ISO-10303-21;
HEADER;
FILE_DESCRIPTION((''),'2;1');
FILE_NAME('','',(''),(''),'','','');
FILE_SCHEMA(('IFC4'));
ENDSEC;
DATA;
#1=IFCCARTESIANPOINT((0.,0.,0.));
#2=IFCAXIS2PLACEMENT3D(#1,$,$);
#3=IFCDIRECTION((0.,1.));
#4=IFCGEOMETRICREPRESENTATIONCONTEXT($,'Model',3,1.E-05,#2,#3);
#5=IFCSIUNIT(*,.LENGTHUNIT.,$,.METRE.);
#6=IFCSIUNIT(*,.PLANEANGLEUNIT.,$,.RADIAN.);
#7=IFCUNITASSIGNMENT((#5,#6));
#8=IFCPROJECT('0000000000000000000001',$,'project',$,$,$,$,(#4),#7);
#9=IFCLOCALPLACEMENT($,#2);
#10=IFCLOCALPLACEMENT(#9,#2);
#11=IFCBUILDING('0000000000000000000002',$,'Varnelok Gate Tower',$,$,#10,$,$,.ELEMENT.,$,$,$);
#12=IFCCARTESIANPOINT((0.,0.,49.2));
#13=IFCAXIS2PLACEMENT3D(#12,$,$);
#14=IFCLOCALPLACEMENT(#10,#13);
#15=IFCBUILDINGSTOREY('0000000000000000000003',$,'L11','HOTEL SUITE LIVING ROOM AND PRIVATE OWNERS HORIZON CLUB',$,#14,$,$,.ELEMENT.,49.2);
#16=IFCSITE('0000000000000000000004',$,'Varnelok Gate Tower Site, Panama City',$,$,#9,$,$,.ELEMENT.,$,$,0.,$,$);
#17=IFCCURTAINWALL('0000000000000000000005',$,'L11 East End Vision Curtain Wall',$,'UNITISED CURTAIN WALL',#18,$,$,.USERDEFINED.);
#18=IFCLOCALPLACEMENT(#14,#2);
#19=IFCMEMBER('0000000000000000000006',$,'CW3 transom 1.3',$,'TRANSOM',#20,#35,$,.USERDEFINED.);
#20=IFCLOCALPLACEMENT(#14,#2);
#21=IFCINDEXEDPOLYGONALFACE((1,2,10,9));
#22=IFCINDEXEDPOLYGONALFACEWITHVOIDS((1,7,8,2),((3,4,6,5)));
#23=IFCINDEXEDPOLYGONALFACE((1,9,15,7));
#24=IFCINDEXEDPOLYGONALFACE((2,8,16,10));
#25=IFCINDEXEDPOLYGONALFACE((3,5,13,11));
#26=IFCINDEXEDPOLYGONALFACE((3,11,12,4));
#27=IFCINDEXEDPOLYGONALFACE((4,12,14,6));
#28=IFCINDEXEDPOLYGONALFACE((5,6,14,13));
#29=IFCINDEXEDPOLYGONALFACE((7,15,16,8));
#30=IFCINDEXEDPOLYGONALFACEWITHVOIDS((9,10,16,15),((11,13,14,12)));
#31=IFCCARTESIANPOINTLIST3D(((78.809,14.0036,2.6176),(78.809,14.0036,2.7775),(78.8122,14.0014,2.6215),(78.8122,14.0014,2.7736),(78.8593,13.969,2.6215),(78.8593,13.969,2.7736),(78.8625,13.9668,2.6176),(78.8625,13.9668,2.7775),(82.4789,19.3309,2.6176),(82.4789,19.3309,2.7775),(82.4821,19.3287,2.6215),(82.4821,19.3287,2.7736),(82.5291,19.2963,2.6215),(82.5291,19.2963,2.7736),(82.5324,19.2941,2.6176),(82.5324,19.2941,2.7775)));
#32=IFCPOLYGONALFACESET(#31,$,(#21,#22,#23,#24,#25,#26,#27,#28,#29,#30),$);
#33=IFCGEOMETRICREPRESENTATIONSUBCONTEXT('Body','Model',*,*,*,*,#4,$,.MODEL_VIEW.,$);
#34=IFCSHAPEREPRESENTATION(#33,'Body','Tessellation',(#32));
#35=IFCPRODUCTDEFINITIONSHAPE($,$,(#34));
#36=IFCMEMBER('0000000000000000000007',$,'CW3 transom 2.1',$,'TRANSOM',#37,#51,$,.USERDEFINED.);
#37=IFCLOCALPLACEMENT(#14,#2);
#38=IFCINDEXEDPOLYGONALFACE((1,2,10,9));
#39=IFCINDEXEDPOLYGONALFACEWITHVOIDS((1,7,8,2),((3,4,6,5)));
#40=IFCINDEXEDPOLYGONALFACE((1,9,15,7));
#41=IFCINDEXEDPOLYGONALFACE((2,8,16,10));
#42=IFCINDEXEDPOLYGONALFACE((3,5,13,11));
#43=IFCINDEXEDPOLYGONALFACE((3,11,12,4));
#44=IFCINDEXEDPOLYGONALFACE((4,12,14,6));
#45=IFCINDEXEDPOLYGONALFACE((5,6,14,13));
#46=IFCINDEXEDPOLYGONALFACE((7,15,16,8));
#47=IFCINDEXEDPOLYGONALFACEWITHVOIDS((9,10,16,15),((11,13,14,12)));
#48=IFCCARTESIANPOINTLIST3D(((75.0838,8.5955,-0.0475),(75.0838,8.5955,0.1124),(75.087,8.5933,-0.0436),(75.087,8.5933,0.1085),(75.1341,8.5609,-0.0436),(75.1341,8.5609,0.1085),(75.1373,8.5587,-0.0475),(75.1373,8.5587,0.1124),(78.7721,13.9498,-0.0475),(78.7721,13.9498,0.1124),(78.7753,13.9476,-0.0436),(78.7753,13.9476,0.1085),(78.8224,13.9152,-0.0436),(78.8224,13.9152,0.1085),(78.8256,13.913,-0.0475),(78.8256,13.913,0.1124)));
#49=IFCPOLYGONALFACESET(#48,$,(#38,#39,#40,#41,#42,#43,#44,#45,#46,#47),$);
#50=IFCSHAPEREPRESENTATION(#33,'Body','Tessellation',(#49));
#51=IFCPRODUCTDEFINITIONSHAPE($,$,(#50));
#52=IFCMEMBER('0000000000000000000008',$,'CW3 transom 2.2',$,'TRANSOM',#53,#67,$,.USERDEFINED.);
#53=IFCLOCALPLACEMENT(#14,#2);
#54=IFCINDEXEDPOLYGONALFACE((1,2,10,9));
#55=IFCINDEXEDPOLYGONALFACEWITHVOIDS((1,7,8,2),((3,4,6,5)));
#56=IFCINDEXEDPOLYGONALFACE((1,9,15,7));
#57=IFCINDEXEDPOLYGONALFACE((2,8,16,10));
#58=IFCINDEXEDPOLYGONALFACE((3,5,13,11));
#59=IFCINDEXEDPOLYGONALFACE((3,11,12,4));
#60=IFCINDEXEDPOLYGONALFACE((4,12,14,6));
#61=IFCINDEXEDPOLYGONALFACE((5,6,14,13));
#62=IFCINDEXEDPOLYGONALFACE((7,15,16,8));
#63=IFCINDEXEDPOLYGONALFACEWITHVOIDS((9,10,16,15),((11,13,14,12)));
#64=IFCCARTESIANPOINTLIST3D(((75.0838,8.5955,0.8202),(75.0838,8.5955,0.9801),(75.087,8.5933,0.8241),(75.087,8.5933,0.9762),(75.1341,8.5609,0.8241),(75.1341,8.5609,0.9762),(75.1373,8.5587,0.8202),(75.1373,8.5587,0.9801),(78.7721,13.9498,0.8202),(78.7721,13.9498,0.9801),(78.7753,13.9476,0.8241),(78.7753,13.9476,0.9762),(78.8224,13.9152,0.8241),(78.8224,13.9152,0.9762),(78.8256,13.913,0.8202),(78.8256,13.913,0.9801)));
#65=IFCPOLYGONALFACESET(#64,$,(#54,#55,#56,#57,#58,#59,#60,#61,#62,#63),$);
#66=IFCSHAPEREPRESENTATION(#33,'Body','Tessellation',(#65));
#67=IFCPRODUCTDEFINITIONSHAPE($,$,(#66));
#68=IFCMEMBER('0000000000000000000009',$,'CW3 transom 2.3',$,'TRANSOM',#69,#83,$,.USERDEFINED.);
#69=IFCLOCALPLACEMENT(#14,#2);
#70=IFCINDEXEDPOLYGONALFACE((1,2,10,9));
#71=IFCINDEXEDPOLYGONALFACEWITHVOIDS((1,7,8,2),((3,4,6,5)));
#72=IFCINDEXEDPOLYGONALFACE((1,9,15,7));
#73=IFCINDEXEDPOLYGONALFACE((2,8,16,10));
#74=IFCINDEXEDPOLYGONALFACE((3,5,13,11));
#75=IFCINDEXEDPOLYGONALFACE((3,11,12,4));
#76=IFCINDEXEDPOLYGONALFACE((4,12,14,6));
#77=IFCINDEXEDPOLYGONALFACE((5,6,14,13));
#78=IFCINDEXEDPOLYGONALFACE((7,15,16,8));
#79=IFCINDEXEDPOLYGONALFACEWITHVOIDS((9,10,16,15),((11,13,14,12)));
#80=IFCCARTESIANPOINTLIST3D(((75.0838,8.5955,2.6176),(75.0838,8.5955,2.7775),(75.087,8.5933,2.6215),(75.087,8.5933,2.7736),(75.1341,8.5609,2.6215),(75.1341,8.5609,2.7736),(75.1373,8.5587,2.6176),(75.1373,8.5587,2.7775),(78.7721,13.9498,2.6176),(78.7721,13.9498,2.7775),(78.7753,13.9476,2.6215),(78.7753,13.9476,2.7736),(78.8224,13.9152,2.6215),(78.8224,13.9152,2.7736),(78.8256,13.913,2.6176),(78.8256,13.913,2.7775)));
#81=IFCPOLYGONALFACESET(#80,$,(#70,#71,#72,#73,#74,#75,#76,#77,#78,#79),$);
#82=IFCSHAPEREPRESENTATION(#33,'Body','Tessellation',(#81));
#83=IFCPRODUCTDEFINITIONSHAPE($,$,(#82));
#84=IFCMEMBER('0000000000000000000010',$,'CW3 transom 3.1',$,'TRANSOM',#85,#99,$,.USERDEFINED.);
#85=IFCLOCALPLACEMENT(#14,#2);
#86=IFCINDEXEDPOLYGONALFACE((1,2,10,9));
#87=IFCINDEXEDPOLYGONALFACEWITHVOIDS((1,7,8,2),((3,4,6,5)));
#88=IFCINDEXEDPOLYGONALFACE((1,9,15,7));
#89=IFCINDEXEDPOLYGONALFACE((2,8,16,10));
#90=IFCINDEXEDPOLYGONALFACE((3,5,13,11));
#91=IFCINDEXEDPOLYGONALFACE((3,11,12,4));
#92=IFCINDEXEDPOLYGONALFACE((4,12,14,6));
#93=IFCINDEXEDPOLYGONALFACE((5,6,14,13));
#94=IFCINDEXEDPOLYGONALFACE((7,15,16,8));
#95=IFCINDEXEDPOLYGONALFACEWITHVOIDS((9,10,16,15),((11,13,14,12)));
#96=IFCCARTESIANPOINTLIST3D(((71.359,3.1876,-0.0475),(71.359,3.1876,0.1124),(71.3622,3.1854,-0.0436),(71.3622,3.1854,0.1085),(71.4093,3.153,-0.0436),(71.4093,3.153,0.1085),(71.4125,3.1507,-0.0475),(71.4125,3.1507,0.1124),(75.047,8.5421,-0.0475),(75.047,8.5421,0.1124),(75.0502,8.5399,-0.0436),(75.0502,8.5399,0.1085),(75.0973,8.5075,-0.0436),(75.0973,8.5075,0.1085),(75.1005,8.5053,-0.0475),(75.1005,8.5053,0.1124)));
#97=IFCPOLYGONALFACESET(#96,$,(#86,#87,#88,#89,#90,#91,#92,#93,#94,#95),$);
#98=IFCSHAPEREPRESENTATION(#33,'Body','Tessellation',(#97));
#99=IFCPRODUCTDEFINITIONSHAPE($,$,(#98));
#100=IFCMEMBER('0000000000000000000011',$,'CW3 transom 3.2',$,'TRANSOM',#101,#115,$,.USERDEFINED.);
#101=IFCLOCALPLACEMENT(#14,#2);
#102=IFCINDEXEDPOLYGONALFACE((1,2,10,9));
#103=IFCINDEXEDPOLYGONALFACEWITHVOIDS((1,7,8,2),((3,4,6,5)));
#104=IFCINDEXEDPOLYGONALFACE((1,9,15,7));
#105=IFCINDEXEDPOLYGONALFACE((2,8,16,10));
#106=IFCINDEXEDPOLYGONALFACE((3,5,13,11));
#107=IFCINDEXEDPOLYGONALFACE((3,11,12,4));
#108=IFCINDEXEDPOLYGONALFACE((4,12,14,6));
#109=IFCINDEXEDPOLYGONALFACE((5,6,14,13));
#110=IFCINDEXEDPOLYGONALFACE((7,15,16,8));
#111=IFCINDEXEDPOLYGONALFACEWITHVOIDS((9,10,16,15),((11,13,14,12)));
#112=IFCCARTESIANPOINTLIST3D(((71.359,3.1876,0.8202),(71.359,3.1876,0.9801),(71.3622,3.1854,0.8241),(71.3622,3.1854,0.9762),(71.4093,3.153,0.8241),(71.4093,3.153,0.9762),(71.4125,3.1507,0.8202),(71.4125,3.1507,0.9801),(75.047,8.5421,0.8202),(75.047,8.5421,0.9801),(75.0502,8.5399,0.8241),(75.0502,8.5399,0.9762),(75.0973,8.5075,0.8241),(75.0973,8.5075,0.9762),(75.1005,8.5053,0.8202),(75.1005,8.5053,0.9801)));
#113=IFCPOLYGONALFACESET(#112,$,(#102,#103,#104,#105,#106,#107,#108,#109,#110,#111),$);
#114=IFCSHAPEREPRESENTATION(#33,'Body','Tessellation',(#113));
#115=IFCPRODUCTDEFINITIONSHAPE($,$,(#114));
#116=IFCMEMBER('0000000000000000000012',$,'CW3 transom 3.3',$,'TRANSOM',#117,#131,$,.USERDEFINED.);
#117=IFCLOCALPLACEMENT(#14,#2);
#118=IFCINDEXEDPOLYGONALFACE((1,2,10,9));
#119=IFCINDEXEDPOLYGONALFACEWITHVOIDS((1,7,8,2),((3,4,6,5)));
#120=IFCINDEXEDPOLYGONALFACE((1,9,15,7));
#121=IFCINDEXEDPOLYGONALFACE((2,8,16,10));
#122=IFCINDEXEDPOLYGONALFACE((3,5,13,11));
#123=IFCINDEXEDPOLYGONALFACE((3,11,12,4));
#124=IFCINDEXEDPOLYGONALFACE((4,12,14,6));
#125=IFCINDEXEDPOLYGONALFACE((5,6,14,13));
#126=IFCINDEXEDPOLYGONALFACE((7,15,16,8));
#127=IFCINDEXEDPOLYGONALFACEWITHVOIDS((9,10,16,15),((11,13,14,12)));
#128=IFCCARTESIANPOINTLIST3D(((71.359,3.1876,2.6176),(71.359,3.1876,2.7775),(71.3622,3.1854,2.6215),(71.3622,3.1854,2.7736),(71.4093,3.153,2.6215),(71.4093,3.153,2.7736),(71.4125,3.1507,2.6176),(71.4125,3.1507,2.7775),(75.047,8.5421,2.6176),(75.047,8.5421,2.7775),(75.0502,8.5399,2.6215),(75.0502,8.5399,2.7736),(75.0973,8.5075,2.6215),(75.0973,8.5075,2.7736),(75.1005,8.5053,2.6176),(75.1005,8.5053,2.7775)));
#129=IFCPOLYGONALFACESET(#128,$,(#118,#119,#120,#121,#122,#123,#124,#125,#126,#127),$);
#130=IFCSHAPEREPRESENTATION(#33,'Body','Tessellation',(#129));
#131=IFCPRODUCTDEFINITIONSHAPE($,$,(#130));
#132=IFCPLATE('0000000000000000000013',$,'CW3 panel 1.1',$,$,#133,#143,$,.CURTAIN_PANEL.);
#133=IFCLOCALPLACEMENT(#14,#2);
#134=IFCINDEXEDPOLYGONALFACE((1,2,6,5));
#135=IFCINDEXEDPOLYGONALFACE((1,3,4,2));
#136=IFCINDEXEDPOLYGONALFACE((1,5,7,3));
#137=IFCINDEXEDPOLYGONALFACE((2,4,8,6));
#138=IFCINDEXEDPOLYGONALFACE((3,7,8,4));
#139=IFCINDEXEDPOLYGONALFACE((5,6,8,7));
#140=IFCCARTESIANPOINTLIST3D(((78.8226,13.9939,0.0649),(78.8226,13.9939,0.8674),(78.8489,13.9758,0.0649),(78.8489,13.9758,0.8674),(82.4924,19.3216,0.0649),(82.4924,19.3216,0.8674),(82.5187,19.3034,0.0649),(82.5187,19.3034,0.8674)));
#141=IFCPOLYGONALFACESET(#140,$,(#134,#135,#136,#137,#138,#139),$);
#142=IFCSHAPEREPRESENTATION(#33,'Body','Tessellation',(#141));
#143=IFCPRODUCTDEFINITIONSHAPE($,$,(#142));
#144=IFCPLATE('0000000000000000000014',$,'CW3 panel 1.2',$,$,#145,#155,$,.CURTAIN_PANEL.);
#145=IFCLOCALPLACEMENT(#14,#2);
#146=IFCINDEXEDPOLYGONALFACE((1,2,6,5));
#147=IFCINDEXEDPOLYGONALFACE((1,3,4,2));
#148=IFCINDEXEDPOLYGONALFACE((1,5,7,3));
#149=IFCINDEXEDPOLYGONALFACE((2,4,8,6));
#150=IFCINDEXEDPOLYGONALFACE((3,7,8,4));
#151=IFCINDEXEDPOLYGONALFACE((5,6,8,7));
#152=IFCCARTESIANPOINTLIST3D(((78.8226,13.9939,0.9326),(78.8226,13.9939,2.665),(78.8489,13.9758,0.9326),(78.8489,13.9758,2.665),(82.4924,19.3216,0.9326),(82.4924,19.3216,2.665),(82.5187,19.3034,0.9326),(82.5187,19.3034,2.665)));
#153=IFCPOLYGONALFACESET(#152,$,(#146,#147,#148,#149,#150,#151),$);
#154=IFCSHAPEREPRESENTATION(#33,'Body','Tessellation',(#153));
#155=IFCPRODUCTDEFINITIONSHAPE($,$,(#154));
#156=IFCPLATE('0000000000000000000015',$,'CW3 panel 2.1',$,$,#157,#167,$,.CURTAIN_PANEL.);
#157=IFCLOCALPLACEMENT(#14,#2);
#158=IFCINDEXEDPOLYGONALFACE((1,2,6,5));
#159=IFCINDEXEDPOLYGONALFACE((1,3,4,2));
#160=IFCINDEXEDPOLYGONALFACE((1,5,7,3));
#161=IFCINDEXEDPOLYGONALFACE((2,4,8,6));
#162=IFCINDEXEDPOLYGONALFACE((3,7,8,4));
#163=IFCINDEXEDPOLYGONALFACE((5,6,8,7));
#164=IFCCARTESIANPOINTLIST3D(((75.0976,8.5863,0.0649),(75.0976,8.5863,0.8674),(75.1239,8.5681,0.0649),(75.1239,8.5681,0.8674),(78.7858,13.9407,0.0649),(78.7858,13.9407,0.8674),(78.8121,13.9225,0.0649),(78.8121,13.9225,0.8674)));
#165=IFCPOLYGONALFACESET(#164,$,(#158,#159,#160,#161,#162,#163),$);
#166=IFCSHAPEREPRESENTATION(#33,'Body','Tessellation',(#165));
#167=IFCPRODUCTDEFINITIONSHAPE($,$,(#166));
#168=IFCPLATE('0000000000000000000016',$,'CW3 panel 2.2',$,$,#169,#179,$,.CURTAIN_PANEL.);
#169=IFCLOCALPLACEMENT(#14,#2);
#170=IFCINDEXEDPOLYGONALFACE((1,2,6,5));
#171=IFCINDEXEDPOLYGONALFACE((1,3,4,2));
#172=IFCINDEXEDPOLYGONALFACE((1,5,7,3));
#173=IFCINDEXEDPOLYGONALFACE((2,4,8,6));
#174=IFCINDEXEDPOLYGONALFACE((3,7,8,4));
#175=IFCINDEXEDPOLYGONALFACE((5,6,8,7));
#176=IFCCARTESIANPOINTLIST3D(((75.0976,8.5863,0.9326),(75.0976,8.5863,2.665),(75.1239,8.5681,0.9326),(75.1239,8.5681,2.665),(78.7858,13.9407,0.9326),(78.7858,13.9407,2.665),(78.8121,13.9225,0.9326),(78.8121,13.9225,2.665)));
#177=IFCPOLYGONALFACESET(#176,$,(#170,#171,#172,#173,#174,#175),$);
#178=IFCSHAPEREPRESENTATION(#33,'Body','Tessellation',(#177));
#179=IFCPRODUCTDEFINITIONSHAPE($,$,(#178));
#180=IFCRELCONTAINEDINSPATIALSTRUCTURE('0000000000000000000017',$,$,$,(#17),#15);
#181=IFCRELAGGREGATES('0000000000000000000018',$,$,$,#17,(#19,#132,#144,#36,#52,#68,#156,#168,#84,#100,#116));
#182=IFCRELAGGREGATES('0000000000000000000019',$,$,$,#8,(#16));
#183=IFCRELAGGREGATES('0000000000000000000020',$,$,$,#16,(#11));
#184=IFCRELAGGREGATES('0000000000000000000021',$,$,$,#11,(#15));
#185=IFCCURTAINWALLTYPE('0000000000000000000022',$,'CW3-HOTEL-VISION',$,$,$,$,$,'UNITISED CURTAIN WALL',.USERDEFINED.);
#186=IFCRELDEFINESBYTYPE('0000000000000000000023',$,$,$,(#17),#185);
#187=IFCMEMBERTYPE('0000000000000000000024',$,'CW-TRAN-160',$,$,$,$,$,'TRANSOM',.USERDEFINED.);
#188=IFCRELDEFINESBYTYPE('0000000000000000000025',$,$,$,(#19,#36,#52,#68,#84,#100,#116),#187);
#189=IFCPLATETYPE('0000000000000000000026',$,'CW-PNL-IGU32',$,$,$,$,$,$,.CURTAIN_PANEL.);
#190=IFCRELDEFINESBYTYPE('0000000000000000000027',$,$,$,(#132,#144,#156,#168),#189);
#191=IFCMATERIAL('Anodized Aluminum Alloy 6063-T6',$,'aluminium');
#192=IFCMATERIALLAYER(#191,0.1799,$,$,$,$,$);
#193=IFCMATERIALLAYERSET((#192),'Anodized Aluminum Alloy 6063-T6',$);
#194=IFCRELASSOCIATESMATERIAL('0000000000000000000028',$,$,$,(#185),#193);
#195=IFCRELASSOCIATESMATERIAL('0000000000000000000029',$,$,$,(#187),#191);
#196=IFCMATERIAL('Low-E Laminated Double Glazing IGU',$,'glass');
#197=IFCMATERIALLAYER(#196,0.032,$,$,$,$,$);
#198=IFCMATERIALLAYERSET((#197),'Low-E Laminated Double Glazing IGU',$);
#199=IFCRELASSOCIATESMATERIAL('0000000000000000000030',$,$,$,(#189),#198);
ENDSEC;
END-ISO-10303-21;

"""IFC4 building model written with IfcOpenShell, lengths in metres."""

from ifc_helpers import new_model, si_unit, direction, frame, origin, origin_2d, place, context, subcontext, project, spatial, rectangle, hollow_rectangle, extrude, source, transform, mapped, material, layer, layer_set, material_profile, profile_set, type_object, element, aggregate, save


model = new_model("IFC4")

# Units and contexts
model_context = context("Model", 3, precision=1e-05, world=origin(), true_north=direction((0.0, 1.0)))
body_context = subcontext(model_context, "Body", "Model", "MODEL_VIEW")
ifc_project = project(units=[si_unit("LENGTHUNIT", "METRE"), si_unit("PLANEANGLEUNIT", "RADIAN")], contexts=[model_context])

# Site, building, storey
site_placement = place(None, origin())
site = spatial("IfcSite", under=ifc_project, at=site_placement, Name="Varnelok Gate Tower Site, Panama City", CompositionType="ELEMENT", RefElevation=0.0)
building_placement = place(site_placement, origin())
building = spatial("IfcBuilding", under=site, at=building_placement, Name="Varnelok Gate Tower", CompositionType="ELEMENT")
storey_placement = place(building_placement, frame((0.0, 0.0, 49.2)))
storey = spatial("IfcBuildingStorey", under=building, at=storey_placement, Name="L11", Description="HOTEL SUITE LIVING ROOM AND PRIVATE OWNERS HORIZON CLUB", CompositionType="ELEMENT", Elevation=49.2)

# Curtain wall, members, plates
ifc_material_1 = material(Name="Anodized Aluminum Alloy 6063-T6", Category="aluminium")
ifc_layer_1 = layer(ifc_material_1, 0.1799)
ifc_layer_set_1 = layer_set([ifc_layer_1], Name="Anodized Aluminum Alloy 6063-T6")
curtain_wall_type = type_object("IfcCurtainWallType", Name="CW3-HOTEL-VISION", ElementType="UNITISED CURTAIN WALL", PredefinedType="USERDEFINED", material=ifc_layer_set_1)
curtain_wall_placement = place(storey_placement, origin())
curtain_wall = element("IfcCurtainWall", 1, at=curtain_wall_placement, inside=storey, type_object=curtain_wall_type, Name="L11 East End Vision Curtain Wall", ObjectType="UNITISED CURTAIN WALL", PredefinedType="USERDEFINED")
ifc_material_profile_1 = material_profile(ifc_material_1, hollow_rectangle(XDim=0.0649, YDim=0.1599, WallThickness=0.0039, at=origin_2d()), Name="ALU160X65X4")
ifc_profile_set_1 = profile_set([ifc_material_profile_1], Name="Anodized Aluminum Alloy 6063-T6")
member_type_1 = type_object("IfcMemberType", Name="CW-TRAN-160", ElementType="TRANSOM", PredefinedType="USERDEFINED", material=ifc_profile_set_1)
member_1_placement = place(storey_placement, frame((82.5056, 19.3125, 2.6975), z_axis=(-0.567299, -0.823512, 0.0), x_axis=(0.823512, -0.567299, 0.0)))
member_1 = element("IfcMember", 2, at=member_1_placement, type_object=member_type_1, Name="CW3 transom 1.3", ObjectType="TRANSOM", PredefinedType="USERDEFINED", context=body_context, shape_type="SweptSolid", body=[
    extrude(hollow_rectangle(XDim=0.0649, YDim=0.1599, WallThickness=0.0039, at=origin_2d()), origin(), (0.0, 0.0, 1.0), 6.469),
])
member_2_placement = place(storey_placement, frame((78.7988, 13.9314, 0.0325), z_axis=(-0.567279, -0.823526, 0.0), x_axis=(0.823526, -0.567279, 0.0)))
member_2 = element("IfcMember", 3, at=member_2_placement, type_object=member_type_1, Name="CW3 transom 2.1", ObjectType="TRANSOM", PredefinedType="USERDEFINED", context=body_context, shape_type="SweptSolid", body=[
    extrude(hollow_rectangle(XDim=0.0649, YDim=0.1599, WallThickness=0.0039, at=origin_2d()), origin(), (0.0, 0.0, 1.0), 6.5017),
])
member_3_placement = place(storey_placement, frame((78.7988, 13.9314, 0.9001), z_axis=(-0.567279, -0.823526, 0.0), x_axis=(0.823526, -0.567279, 0.0)))
member_3 = element("IfcMember", 4, at=member_3_placement, type_object=member_type_1, Name="CW3 transom 2.2", ObjectType="TRANSOM", PredefinedType="USERDEFINED", context=body_context, shape_type="SweptSolid", body=[
    extrude(hollow_rectangle(XDim=0.0649, YDim=0.1599, WallThickness=0.0039, at=origin_2d()), origin(), (0.0, 0.0, 1.0), 6.5017),
])
member_4_placement = place(storey_placement, frame((78.7988, 13.9314, 2.6975), z_axis=(-0.567279, -0.823526, 0.0), x_axis=(0.823526, -0.567279, 0.0)))
member_4 = element("IfcMember", 5, at=member_4_placement, type_object=member_type_1, Name="CW3 transom 2.3", ObjectType="TRANSOM", PredefinedType="USERDEFINED", context=body_context, shape_type="SweptSolid", body=[
    extrude(hollow_rectangle(XDim=0.0649, YDim=0.1599, WallThickness=0.0039, at=origin_2d()), origin(), (0.0, 0.0, 1.0), 6.5017),
])
member_5_placement = place(storey_placement, frame((75.0737, 8.5237, 0.0325), z_axis=(-0.567236, -0.823555, 0.0), x_axis=(0.823555, -0.567236, 0.0)))
member_5 = element("IfcMember", 6, at=member_5_placement, type_object=member_type_1, Name="CW3 transom 3.1", ObjectType="TRANSOM", PredefinedType="USERDEFINED", context=body_context, shape_type="SweptSolid", body=[
    extrude(hollow_rectangle(XDim=0.0649, YDim=0.1599, WallThickness=0.0039, at=origin_2d()), origin(), (0.0, 0.0, 1.0), 6.5017),
])
member_6_placement = place(storey_placement, frame((75.0737, 8.5237, 0.9001), z_axis=(-0.567236, -0.823555, 0.0), x_axis=(0.823555, -0.567236, 0.0)))
member_6 = element("IfcMember", 7, at=member_6_placement, type_object=member_type_1, Name="CW3 transom 3.2", ObjectType="TRANSOM", PredefinedType="USERDEFINED", context=body_context, shape_type="SweptSolid", body=[
    extrude(hollow_rectangle(XDim=0.0649, YDim=0.1599, WallThickness=0.0039, at=origin_2d()), origin(), (0.0, 0.0, 1.0), 6.5017),
])
member_7_placement = place(storey_placement, frame((75.0737, 8.5237, 2.6975), z_axis=(-0.567236, -0.823555, 0.0), x_axis=(0.823555, -0.567236, 0.0)))
member_7 = element("IfcMember", 8, at=member_7_placement, type_object=member_type_1, Name="CW3 transom 3.3", ObjectType="TRANSOM", PredefinedType="USERDEFINED", context=body_context, shape_type="SweptSolid", body=[
    extrude(hollow_rectangle(XDim=0.0649, YDim=0.1599, WallThickness=0.0039, at=origin_2d()), origin(), (0.0, 0.0, 1.0), 6.5017),
])
ifc_material_2 = material(Name="Low-E Laminated Double Glazing IGU", Category="glass")
ifc_layer_2 = layer(ifc_material_2, 0.032)
ifc_layer_set_2 = layer_set([ifc_layer_2], Name="Low-E Laminated Double Glazing IGU")
plate_type = type_object("IfcPlateType", Name="CW-PNL-IGU32", PredefinedType="CURTAIN_PANEL", material=ifc_layer_set_2)
shared_shape_1 = source(origin(), body_context, "Body", "SweptSolid", [
    extrude(rectangle(XDim=6.4692, YDim=0.032, at=origin_2d()), origin(), (0.0, 0.0, 1.0), 0.8025),
])
plate_1_placement = place(storey_placement, frame((80.6707, 16.6487, 0.0649), z_axis=(0.0, 0.0, 1.0), x_axis=(-0.567269, -0.823533, 0.0)))
plate_1 = element("IfcPlate", 9, at=plate_1_placement, type_object=plate_type, Name="CW3 panel 1.1", PredefinedType="CURTAIN_PANEL", context=body_context, shape_type="MappedRepresentation", body=[
    mapped(shared_shape_1, transform((0.0, 0.0, 0.0), scale=1.0)),
])
shared_shape_2 = source(origin(), body_context, "Body", "SweptSolid", [
    extrude(rectangle(XDim=6.4692, YDim=0.032, at=origin_2d()), origin(), (0.0, 0.0, 1.0), 1.7324),
])
plate_2_placement = place(storey_placement, frame((80.6707, 16.6487, 0.9326), z_axis=(0.0, 0.0, 1.0), x_axis=(-0.567269, -0.823533, 0.0)))
plate_2 = element("IfcPlate", 10, at=plate_2_placement, type_object=plate_type, Name="CW3 panel 1.2", PredefinedType="CURTAIN_PANEL", context=body_context, shape_type="MappedRepresentation", body=[
    mapped(shared_shape_2, transform((0.0, 0.0, 0.0), scale=1.0)),
])
shared_shape_3 = source(origin(), body_context, "Body", "SweptSolid", [
    extrude(rectangle(XDim=6.5017, YDim=0.032, at=origin_2d()), origin(), (0.0, 0.0, 1.0), 0.8025),
])
plate_3_placement = place(storey_placement, frame((76.9548, 11.2544, 0.0649), z_axis=(0.0, 0.0, 1.0), x_axis=(-0.567269, -0.823533, 0.0)))
plate_3 = element("IfcPlate", 11, at=plate_3_placement, type_object=plate_type, Name="CW3 panel 2.1", PredefinedType="CURTAIN_PANEL", context=body_context, shape_type="MappedRepresentation", body=[
    mapped(shared_shape_3, transform((0.0, 0.0, 0.0), scale=1.0)),
])
shared_shape_4 = source(origin(), body_context, "Body", "SweptSolid", [
    extrude(rectangle(XDim=6.5017, YDim=0.032, at=origin_2d()), origin(), (0.0, 0.0, 1.0), 1.7324),
])
plate_4_placement = place(storey_placement, frame((76.9548, 11.2544, 0.9326), z_axis=(0.0, 0.0, 1.0), x_axis=(-0.567269, -0.823533, 0.0)))
plate_4 = element("IfcPlate", 12, at=plate_4_placement, type_object=plate_type, Name="CW3 panel 2.2", PredefinedType="CURTAIN_PANEL", context=body_context, shape_type="MappedRepresentation", body=[
    mapped(shared_shape_4, transform((0.0, 0.0, 0.0), scale=1.0)),
])
aggregate(curtain_wall, [member_1, plate_1, plate_2, member_2, member_3, member_4, plate_3, plate_4, member_5, member_6, member_7])

save(model, "model.ifc")
